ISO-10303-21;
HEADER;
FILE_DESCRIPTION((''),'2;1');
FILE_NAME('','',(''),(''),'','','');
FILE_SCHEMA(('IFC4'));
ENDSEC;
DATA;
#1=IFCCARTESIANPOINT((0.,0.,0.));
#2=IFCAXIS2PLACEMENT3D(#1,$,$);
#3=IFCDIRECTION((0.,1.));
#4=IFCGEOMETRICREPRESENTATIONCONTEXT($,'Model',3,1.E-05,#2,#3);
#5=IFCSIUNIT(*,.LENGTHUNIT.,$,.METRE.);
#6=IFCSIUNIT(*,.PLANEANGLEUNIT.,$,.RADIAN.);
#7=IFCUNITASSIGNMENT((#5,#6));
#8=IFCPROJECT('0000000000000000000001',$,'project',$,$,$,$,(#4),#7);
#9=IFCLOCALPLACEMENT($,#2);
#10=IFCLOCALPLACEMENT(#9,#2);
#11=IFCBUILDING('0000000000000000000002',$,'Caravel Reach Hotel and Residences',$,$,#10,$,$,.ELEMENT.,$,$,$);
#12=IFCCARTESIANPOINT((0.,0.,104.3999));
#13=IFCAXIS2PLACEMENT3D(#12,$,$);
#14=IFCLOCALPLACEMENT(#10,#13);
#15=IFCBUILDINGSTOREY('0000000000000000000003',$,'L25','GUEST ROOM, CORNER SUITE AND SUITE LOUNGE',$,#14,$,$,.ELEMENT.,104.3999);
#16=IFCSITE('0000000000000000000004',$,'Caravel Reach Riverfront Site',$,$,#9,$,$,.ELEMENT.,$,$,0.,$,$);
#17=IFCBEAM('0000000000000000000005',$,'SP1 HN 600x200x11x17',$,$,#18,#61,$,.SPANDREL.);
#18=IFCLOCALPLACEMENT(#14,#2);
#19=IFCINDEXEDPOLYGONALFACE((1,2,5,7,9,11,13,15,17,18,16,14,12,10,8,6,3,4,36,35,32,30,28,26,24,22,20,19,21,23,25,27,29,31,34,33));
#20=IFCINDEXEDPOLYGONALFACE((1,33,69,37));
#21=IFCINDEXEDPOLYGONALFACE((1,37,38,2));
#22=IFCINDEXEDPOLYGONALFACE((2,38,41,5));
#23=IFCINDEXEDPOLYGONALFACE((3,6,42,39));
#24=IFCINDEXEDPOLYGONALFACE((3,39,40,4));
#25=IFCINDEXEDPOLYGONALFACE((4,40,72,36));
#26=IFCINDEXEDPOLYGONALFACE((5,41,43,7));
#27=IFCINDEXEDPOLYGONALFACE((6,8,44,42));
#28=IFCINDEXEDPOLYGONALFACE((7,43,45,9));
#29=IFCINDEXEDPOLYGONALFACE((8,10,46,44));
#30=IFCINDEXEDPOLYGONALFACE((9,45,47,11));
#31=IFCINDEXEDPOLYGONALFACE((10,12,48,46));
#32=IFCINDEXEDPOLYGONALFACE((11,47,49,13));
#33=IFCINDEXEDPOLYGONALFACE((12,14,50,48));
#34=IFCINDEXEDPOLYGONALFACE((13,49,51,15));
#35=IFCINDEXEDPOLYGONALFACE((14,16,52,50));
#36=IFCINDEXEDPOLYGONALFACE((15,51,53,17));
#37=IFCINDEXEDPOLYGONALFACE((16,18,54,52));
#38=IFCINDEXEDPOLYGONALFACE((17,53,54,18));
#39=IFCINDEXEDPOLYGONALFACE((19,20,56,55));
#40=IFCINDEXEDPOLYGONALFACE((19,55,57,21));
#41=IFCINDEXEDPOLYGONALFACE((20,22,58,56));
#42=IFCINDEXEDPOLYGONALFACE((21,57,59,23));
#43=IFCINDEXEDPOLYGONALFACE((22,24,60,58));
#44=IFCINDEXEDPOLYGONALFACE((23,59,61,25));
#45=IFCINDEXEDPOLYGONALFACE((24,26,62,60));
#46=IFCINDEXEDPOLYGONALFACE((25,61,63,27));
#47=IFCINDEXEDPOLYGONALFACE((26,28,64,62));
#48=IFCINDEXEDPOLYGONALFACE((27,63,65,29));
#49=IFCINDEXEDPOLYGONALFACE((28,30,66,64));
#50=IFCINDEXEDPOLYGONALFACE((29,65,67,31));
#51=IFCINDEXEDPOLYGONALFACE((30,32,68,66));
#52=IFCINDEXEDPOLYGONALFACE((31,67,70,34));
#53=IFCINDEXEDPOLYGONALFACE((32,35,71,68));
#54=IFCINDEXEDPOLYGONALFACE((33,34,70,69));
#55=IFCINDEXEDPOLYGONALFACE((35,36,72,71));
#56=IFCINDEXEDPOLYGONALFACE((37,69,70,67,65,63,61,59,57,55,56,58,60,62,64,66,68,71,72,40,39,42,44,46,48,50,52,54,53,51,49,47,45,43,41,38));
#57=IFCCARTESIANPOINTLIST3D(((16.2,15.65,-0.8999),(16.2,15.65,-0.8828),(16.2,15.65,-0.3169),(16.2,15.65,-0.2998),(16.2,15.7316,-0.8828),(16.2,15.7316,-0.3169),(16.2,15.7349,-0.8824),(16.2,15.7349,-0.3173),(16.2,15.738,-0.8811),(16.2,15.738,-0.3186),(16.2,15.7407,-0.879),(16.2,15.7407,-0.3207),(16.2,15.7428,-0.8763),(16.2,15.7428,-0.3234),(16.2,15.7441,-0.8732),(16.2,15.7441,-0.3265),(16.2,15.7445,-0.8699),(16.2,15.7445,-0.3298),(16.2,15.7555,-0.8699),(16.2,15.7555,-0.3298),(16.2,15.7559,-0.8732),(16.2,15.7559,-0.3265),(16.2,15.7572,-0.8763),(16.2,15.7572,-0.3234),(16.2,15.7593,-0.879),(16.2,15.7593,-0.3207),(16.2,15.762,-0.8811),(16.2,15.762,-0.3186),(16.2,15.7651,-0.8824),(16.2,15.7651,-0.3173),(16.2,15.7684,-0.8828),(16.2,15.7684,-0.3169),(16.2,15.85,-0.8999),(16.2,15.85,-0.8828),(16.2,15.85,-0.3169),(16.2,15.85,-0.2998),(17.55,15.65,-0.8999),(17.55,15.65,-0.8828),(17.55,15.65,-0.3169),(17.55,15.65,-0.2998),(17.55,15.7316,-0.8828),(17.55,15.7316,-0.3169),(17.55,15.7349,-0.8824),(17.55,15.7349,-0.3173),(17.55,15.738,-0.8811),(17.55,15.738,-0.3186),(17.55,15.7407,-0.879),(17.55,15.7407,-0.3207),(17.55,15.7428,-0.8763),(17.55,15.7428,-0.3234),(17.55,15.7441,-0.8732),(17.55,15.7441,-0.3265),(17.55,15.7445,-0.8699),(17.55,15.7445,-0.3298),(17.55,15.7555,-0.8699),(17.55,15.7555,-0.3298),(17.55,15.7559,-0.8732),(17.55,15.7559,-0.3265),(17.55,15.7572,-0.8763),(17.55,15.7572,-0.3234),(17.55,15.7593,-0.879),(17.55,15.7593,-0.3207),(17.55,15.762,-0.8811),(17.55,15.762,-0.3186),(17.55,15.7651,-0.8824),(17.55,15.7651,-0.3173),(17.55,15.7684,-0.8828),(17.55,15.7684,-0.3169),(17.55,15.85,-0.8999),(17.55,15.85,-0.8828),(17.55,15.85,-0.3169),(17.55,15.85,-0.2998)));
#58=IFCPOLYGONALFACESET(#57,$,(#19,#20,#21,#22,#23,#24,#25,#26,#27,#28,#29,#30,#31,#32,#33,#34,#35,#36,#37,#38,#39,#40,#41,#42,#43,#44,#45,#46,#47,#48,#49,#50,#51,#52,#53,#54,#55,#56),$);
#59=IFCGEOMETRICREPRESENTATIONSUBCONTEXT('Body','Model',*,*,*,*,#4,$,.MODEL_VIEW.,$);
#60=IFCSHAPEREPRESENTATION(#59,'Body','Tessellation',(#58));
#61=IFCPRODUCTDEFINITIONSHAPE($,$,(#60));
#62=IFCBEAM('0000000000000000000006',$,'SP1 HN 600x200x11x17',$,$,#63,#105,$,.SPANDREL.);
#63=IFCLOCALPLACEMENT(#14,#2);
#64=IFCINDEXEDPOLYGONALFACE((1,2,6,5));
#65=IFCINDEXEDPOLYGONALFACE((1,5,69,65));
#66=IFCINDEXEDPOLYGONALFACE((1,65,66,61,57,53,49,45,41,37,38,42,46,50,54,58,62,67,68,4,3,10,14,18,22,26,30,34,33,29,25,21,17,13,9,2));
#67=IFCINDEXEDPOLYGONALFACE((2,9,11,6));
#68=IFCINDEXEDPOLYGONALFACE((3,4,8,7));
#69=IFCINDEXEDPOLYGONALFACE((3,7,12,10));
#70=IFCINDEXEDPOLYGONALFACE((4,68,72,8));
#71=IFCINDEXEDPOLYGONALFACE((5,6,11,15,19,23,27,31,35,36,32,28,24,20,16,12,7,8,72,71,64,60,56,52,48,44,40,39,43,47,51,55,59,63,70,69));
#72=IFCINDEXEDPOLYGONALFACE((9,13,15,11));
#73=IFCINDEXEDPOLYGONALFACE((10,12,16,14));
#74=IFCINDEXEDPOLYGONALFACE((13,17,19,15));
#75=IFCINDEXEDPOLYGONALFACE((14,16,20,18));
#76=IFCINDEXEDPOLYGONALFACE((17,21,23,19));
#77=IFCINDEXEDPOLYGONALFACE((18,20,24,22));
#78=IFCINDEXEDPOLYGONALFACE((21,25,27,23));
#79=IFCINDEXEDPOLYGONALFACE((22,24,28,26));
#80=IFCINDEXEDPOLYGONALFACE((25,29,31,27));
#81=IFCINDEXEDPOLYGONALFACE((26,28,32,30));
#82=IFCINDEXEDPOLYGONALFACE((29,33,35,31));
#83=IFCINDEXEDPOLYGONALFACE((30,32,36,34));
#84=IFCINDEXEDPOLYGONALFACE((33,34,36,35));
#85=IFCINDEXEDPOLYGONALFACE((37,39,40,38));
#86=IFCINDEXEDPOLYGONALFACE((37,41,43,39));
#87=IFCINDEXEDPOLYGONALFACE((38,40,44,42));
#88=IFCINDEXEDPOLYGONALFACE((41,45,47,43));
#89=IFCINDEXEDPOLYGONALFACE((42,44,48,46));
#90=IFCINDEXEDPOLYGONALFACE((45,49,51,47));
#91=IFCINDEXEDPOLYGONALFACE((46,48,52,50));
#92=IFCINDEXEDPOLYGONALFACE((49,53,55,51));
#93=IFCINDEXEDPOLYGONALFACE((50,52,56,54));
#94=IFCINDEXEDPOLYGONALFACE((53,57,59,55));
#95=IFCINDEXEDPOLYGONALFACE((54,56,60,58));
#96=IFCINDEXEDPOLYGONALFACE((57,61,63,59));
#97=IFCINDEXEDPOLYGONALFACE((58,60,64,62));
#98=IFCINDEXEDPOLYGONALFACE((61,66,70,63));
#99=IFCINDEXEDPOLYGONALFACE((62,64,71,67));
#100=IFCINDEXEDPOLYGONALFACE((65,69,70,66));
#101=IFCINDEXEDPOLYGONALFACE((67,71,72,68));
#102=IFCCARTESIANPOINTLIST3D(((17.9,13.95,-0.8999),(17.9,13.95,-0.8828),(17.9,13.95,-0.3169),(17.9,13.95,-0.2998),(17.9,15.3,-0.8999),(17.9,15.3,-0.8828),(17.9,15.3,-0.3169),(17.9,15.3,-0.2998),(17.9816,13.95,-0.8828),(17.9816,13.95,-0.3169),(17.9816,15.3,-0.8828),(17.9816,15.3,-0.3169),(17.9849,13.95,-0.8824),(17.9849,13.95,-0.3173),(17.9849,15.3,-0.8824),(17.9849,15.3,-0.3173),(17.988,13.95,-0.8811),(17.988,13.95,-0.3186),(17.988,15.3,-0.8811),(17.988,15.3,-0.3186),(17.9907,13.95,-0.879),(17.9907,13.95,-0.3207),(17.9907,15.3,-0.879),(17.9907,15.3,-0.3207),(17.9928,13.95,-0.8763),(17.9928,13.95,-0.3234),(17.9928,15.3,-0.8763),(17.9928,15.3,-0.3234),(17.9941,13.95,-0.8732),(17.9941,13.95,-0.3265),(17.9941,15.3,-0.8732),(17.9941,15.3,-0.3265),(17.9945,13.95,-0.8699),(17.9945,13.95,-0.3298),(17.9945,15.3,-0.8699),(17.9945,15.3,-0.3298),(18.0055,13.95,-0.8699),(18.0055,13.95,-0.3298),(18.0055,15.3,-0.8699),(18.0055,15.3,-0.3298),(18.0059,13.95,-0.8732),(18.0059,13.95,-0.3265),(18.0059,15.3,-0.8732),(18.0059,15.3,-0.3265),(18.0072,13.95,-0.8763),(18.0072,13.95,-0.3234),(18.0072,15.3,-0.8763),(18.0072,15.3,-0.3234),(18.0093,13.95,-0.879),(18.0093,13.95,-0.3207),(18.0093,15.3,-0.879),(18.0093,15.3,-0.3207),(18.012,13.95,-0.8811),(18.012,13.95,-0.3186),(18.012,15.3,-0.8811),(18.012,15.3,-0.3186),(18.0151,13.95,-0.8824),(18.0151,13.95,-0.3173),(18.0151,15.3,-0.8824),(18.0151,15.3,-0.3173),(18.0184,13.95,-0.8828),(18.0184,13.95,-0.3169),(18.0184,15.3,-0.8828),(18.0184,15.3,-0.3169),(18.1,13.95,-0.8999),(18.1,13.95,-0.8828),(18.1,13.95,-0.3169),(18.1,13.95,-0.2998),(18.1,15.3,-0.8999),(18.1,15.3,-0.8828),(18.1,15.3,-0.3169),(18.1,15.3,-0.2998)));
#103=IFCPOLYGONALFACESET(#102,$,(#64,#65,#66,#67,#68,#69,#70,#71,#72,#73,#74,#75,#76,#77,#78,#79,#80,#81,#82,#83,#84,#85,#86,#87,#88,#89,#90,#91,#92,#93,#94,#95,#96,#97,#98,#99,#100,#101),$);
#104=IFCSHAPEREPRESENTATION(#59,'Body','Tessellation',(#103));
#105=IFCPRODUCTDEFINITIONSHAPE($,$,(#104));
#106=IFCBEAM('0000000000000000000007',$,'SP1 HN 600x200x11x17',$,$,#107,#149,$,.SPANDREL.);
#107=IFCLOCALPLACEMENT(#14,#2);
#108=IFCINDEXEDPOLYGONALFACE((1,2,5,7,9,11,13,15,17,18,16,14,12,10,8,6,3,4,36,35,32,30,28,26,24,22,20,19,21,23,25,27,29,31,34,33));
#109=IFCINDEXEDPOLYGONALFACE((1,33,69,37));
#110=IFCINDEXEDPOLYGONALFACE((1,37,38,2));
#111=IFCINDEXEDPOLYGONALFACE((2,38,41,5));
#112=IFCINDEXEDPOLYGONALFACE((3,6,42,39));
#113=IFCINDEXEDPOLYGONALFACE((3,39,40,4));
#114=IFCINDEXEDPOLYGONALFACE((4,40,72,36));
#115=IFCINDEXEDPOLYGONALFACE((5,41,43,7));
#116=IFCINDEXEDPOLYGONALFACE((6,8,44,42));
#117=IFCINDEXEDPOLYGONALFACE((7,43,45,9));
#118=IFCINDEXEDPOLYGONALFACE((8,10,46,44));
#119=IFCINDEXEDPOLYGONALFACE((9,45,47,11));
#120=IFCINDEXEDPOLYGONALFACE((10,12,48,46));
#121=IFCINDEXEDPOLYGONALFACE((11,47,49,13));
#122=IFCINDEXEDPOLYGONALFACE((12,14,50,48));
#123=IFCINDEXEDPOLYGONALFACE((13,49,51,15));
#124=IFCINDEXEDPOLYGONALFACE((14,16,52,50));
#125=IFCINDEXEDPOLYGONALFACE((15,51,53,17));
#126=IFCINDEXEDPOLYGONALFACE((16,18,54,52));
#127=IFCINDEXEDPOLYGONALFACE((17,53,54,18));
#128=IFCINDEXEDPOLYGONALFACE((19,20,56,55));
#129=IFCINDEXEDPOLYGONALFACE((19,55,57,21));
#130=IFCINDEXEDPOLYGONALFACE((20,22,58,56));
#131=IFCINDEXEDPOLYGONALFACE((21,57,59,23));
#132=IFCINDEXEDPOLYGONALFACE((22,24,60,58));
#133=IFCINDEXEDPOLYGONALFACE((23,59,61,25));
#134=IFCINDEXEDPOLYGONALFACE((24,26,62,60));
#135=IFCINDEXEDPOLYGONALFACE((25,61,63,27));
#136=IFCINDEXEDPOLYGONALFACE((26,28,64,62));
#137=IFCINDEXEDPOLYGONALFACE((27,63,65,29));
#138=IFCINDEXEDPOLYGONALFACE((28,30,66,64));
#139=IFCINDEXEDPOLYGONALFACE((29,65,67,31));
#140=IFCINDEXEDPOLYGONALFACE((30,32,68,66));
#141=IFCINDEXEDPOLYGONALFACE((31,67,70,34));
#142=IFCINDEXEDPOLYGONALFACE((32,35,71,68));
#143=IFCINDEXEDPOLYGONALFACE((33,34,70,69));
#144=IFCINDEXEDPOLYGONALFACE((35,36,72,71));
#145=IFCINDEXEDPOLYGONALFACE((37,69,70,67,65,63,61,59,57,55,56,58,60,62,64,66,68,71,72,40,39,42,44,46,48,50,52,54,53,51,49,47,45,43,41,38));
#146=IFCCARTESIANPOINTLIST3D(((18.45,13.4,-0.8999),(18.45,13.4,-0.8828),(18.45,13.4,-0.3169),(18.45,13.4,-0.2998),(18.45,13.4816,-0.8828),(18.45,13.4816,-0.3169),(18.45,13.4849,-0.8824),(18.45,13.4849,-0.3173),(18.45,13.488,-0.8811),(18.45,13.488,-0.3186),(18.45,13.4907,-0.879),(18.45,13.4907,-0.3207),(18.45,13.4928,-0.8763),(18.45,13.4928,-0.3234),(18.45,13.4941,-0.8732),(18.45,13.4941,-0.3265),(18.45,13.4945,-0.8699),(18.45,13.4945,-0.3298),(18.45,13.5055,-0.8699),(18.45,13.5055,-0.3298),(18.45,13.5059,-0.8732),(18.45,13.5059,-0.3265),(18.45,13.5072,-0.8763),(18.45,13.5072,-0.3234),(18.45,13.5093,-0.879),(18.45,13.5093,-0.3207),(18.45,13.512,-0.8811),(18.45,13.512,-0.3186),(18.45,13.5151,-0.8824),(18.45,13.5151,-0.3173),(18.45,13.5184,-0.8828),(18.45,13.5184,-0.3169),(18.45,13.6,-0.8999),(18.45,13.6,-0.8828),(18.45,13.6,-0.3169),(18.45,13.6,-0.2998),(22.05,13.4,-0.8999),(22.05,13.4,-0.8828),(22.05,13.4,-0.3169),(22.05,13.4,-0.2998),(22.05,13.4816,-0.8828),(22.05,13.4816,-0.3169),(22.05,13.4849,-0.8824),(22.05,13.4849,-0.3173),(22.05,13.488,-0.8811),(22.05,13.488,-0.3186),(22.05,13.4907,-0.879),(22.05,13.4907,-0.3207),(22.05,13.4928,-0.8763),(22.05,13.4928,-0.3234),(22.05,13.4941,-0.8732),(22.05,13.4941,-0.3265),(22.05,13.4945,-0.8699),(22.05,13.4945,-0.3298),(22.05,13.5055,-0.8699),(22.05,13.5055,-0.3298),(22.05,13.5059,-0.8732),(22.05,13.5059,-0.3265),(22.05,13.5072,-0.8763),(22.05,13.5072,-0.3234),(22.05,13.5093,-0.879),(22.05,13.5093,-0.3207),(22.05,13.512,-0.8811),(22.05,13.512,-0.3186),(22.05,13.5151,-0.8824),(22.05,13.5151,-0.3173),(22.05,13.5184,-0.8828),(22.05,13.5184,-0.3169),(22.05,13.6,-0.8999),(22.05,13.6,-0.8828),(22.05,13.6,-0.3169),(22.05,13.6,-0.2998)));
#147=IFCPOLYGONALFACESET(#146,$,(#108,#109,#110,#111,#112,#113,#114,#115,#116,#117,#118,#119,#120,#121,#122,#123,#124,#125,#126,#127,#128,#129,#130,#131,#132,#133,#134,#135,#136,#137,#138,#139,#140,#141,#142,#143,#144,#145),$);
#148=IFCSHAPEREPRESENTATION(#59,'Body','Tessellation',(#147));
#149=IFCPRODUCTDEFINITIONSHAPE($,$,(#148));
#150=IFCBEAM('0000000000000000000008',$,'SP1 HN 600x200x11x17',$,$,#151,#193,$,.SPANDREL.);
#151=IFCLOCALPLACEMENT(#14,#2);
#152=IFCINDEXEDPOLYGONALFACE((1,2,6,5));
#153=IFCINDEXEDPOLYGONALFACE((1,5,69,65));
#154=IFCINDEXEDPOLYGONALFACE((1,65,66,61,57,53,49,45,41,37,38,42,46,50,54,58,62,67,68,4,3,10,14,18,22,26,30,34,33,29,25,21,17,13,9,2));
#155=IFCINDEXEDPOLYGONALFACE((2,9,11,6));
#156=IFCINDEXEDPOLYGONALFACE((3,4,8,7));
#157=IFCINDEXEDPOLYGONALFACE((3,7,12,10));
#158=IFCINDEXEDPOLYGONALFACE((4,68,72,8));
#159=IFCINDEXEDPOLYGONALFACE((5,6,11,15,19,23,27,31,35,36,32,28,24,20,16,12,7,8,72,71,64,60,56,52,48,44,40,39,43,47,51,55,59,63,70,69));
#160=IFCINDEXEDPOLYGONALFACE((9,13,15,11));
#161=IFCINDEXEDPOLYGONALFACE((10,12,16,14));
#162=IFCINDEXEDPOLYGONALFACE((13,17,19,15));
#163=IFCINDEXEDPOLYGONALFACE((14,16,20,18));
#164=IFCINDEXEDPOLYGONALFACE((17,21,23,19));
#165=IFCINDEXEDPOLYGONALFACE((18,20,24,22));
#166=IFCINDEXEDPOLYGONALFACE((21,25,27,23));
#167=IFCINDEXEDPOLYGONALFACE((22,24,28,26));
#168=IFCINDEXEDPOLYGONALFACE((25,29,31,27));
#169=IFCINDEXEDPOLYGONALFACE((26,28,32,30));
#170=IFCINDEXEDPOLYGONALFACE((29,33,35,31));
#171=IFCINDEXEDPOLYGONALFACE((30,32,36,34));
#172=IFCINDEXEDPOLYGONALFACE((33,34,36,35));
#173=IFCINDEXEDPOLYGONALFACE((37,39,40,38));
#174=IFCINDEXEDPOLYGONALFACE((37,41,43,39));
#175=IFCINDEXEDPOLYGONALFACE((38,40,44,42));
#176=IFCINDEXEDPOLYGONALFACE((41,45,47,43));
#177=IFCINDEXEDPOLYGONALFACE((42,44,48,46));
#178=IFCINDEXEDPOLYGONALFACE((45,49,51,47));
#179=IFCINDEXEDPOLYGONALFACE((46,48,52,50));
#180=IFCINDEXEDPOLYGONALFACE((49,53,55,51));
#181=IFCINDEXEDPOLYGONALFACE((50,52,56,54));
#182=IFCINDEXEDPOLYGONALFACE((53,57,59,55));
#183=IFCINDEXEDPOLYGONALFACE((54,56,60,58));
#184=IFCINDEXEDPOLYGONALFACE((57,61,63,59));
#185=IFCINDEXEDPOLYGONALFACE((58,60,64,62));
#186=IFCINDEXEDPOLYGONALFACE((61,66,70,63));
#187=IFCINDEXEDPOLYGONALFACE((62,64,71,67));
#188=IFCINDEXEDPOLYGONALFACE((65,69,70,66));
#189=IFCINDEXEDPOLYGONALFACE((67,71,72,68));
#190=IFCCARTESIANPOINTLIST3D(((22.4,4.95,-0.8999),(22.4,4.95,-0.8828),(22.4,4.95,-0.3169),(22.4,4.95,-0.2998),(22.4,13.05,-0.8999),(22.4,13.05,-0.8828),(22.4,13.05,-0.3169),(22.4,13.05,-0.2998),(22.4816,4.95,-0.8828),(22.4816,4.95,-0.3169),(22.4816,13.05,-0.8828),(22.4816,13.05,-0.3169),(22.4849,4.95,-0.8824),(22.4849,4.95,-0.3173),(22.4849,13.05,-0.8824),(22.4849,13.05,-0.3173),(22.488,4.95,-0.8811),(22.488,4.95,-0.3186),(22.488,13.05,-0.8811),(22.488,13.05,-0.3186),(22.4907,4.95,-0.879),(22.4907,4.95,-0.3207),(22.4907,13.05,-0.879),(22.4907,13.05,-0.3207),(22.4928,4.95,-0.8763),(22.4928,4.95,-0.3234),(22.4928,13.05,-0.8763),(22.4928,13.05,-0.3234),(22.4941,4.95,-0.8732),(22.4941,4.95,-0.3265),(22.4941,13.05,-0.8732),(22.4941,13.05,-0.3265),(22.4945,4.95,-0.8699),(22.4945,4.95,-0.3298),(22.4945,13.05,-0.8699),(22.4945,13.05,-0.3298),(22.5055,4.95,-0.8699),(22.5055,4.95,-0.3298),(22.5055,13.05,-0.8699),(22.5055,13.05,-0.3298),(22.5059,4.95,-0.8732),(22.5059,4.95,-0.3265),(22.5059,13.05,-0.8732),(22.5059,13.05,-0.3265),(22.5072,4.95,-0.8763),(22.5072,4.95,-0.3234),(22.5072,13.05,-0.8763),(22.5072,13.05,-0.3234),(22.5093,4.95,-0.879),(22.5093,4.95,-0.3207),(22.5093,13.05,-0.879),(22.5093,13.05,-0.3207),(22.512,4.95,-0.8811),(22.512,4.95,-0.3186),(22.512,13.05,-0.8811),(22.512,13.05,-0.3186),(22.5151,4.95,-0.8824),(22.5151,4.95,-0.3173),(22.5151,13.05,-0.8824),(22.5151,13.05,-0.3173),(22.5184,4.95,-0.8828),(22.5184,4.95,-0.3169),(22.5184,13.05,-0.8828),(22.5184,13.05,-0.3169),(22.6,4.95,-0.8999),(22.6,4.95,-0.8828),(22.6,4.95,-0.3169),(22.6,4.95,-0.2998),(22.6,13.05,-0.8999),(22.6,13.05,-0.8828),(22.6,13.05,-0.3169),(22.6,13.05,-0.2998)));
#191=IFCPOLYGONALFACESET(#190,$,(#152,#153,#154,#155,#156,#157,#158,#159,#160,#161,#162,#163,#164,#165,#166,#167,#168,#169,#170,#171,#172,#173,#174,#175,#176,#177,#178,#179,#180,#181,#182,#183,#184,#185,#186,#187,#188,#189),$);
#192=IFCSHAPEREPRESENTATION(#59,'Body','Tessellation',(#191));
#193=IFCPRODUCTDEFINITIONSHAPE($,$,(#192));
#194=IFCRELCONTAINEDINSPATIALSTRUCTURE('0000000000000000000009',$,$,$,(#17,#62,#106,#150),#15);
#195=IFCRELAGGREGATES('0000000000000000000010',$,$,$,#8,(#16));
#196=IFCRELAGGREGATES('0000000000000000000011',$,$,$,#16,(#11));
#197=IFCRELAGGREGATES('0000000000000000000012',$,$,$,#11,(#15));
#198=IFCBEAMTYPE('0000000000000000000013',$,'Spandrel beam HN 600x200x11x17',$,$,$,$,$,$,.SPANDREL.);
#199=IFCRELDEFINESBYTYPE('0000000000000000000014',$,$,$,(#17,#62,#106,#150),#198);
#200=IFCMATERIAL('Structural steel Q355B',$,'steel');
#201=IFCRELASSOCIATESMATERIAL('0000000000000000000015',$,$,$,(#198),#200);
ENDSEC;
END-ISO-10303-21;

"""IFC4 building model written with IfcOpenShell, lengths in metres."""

from ifc_helpers import new_model, si_unit, direction, frame, origin, origin_2d, place, context, subcontext, project, spatial, i_section, extrude, material, material_profile, profile_set, type_object, element, save


model = new_model("IFC4")

# Units and contexts
model_context = context("Model", 3, precision=1e-05, world=origin(), true_north=direction((0.0, 1.0)))
body_context = subcontext(model_context, "Body", "Model", "MODEL_VIEW")
ifc_project = project(units=[si_unit("LENGTHUNIT", "METRE"), si_unit("PLANEANGLEUNIT", "RADIAN")], contexts=[model_context])

# Site, building, storey
site_placement = place(None, origin())
site = spatial("IfcSite", under=ifc_project, at=site_placement, Name="Caravel Reach Riverfront Site", CompositionType="ELEMENT", RefElevation=0.0)
building_placement = place(site_placement, origin())
building = spatial("IfcBuilding", under=site, at=building_placement, Name="Caravel Reach Hotel and Residences", CompositionType="ELEMENT")
storey_placement = place(building_placement, frame((0.0, 0.0, 104.3999)))
storey = spatial("IfcBuildingStorey", under=building, at=storey_placement, Name="L25", Description="GUEST ROOM, CORNER SUITE AND SUITE LOUNGE", CompositionType="ELEMENT", Elevation=104.3999)

# Beams
ifc_material_1 = material(Name="Structural steel Q355B", Category="steel")
ifc_material_profile_1 = material_profile(ifc_material_1, i_section(OverallWidth=0.2, OverallDepth=0.6001, WebThickness=0.011, FlangeThickness=0.0171, FilletRadius=0.0129, at=origin_2d()), Name="HN 600x200x11x17")
ifc_profile_set_1 = profile_set([ifc_material_profile_1], Name="Structural steel Q355B")
beam_type_1 = type_object("IfcBeamType", Name="Spandrel beam HN 600x200x11x17", PredefinedType="SPANDREL", material=ifc_profile_set_1)
for number, where, z_axis, x_axis, name in (
    (1, (16.2, 15.75, -0.5999), (1.0, 0.0, 0.0), (0.0, 1.0, 0.0), "SP1 HN 600x200x11x17"),
    (2, (18.0, 15.3, -0.5999), (0.0, -1.0, 0.0), (1.0, 0.0, 0.0), "SP1 HN 600x200x11x17"),
):
    element("IfcBeam", number, at=place(storey_placement, frame(where, z_axis=z_axis, x_axis=x_axis)), inside=storey, type_object=beam_type_1, Name=name, PredefinedType="SPANDREL", context=body_context, shape_type="SweptSolid", body=[
        extrude(i_section(OverallWidth=0.2, OverallDepth=0.6001, WebThickness=0.011, FlangeThickness=0.0171, FilletRadius=0.0129, at=origin_2d()), origin(), (0.0, 0.0, 1.0), 1.3501),
    ])
beam_1_placement = place(storey_placement, frame((18.45, 13.5, -0.5999), z_axis=(1.0, 0.0, 0.0), x_axis=(0.0, 1.0, 0.0)))
element("IfcBeam", 3, at=beam_1_placement, inside=storey, type_object=beam_type_1, Name="SP1 HN 600x200x11x17", PredefinedType="SPANDREL", context=body_context, shape_type="SweptSolid", body=[
    extrude(i_section(OverallWidth=0.2, OverallDepth=0.6001, WebThickness=0.011, FlangeThickness=0.0171, FilletRadius=0.0129, at=origin_2d()), origin(), (0.0, 0.0, 1.0), 3.6001),
])
beam_2_placement = place(storey_placement, frame((22.5, 13.05, -0.5999), z_axis=(0.0, -1.0, 0.0), x_axis=(1.0, 0.0, 0.0)))
element("IfcBeam", 4, at=beam_2_placement, inside=storey, type_object=beam_type_1, Name="SP1 HN 600x200x11x17", PredefinedType="SPANDREL", context=body_context, shape_type="SweptSolid", body=[
    extrude(i_section(OverallWidth=0.2, OverallDepth=0.6001, WebThickness=0.011, FlangeThickness=0.0171, FilletRadius=0.0129, at=origin_2d()), origin(), (0.0, 0.0, 1.0), 8.1001),
])

save(model, "model.ifc")
